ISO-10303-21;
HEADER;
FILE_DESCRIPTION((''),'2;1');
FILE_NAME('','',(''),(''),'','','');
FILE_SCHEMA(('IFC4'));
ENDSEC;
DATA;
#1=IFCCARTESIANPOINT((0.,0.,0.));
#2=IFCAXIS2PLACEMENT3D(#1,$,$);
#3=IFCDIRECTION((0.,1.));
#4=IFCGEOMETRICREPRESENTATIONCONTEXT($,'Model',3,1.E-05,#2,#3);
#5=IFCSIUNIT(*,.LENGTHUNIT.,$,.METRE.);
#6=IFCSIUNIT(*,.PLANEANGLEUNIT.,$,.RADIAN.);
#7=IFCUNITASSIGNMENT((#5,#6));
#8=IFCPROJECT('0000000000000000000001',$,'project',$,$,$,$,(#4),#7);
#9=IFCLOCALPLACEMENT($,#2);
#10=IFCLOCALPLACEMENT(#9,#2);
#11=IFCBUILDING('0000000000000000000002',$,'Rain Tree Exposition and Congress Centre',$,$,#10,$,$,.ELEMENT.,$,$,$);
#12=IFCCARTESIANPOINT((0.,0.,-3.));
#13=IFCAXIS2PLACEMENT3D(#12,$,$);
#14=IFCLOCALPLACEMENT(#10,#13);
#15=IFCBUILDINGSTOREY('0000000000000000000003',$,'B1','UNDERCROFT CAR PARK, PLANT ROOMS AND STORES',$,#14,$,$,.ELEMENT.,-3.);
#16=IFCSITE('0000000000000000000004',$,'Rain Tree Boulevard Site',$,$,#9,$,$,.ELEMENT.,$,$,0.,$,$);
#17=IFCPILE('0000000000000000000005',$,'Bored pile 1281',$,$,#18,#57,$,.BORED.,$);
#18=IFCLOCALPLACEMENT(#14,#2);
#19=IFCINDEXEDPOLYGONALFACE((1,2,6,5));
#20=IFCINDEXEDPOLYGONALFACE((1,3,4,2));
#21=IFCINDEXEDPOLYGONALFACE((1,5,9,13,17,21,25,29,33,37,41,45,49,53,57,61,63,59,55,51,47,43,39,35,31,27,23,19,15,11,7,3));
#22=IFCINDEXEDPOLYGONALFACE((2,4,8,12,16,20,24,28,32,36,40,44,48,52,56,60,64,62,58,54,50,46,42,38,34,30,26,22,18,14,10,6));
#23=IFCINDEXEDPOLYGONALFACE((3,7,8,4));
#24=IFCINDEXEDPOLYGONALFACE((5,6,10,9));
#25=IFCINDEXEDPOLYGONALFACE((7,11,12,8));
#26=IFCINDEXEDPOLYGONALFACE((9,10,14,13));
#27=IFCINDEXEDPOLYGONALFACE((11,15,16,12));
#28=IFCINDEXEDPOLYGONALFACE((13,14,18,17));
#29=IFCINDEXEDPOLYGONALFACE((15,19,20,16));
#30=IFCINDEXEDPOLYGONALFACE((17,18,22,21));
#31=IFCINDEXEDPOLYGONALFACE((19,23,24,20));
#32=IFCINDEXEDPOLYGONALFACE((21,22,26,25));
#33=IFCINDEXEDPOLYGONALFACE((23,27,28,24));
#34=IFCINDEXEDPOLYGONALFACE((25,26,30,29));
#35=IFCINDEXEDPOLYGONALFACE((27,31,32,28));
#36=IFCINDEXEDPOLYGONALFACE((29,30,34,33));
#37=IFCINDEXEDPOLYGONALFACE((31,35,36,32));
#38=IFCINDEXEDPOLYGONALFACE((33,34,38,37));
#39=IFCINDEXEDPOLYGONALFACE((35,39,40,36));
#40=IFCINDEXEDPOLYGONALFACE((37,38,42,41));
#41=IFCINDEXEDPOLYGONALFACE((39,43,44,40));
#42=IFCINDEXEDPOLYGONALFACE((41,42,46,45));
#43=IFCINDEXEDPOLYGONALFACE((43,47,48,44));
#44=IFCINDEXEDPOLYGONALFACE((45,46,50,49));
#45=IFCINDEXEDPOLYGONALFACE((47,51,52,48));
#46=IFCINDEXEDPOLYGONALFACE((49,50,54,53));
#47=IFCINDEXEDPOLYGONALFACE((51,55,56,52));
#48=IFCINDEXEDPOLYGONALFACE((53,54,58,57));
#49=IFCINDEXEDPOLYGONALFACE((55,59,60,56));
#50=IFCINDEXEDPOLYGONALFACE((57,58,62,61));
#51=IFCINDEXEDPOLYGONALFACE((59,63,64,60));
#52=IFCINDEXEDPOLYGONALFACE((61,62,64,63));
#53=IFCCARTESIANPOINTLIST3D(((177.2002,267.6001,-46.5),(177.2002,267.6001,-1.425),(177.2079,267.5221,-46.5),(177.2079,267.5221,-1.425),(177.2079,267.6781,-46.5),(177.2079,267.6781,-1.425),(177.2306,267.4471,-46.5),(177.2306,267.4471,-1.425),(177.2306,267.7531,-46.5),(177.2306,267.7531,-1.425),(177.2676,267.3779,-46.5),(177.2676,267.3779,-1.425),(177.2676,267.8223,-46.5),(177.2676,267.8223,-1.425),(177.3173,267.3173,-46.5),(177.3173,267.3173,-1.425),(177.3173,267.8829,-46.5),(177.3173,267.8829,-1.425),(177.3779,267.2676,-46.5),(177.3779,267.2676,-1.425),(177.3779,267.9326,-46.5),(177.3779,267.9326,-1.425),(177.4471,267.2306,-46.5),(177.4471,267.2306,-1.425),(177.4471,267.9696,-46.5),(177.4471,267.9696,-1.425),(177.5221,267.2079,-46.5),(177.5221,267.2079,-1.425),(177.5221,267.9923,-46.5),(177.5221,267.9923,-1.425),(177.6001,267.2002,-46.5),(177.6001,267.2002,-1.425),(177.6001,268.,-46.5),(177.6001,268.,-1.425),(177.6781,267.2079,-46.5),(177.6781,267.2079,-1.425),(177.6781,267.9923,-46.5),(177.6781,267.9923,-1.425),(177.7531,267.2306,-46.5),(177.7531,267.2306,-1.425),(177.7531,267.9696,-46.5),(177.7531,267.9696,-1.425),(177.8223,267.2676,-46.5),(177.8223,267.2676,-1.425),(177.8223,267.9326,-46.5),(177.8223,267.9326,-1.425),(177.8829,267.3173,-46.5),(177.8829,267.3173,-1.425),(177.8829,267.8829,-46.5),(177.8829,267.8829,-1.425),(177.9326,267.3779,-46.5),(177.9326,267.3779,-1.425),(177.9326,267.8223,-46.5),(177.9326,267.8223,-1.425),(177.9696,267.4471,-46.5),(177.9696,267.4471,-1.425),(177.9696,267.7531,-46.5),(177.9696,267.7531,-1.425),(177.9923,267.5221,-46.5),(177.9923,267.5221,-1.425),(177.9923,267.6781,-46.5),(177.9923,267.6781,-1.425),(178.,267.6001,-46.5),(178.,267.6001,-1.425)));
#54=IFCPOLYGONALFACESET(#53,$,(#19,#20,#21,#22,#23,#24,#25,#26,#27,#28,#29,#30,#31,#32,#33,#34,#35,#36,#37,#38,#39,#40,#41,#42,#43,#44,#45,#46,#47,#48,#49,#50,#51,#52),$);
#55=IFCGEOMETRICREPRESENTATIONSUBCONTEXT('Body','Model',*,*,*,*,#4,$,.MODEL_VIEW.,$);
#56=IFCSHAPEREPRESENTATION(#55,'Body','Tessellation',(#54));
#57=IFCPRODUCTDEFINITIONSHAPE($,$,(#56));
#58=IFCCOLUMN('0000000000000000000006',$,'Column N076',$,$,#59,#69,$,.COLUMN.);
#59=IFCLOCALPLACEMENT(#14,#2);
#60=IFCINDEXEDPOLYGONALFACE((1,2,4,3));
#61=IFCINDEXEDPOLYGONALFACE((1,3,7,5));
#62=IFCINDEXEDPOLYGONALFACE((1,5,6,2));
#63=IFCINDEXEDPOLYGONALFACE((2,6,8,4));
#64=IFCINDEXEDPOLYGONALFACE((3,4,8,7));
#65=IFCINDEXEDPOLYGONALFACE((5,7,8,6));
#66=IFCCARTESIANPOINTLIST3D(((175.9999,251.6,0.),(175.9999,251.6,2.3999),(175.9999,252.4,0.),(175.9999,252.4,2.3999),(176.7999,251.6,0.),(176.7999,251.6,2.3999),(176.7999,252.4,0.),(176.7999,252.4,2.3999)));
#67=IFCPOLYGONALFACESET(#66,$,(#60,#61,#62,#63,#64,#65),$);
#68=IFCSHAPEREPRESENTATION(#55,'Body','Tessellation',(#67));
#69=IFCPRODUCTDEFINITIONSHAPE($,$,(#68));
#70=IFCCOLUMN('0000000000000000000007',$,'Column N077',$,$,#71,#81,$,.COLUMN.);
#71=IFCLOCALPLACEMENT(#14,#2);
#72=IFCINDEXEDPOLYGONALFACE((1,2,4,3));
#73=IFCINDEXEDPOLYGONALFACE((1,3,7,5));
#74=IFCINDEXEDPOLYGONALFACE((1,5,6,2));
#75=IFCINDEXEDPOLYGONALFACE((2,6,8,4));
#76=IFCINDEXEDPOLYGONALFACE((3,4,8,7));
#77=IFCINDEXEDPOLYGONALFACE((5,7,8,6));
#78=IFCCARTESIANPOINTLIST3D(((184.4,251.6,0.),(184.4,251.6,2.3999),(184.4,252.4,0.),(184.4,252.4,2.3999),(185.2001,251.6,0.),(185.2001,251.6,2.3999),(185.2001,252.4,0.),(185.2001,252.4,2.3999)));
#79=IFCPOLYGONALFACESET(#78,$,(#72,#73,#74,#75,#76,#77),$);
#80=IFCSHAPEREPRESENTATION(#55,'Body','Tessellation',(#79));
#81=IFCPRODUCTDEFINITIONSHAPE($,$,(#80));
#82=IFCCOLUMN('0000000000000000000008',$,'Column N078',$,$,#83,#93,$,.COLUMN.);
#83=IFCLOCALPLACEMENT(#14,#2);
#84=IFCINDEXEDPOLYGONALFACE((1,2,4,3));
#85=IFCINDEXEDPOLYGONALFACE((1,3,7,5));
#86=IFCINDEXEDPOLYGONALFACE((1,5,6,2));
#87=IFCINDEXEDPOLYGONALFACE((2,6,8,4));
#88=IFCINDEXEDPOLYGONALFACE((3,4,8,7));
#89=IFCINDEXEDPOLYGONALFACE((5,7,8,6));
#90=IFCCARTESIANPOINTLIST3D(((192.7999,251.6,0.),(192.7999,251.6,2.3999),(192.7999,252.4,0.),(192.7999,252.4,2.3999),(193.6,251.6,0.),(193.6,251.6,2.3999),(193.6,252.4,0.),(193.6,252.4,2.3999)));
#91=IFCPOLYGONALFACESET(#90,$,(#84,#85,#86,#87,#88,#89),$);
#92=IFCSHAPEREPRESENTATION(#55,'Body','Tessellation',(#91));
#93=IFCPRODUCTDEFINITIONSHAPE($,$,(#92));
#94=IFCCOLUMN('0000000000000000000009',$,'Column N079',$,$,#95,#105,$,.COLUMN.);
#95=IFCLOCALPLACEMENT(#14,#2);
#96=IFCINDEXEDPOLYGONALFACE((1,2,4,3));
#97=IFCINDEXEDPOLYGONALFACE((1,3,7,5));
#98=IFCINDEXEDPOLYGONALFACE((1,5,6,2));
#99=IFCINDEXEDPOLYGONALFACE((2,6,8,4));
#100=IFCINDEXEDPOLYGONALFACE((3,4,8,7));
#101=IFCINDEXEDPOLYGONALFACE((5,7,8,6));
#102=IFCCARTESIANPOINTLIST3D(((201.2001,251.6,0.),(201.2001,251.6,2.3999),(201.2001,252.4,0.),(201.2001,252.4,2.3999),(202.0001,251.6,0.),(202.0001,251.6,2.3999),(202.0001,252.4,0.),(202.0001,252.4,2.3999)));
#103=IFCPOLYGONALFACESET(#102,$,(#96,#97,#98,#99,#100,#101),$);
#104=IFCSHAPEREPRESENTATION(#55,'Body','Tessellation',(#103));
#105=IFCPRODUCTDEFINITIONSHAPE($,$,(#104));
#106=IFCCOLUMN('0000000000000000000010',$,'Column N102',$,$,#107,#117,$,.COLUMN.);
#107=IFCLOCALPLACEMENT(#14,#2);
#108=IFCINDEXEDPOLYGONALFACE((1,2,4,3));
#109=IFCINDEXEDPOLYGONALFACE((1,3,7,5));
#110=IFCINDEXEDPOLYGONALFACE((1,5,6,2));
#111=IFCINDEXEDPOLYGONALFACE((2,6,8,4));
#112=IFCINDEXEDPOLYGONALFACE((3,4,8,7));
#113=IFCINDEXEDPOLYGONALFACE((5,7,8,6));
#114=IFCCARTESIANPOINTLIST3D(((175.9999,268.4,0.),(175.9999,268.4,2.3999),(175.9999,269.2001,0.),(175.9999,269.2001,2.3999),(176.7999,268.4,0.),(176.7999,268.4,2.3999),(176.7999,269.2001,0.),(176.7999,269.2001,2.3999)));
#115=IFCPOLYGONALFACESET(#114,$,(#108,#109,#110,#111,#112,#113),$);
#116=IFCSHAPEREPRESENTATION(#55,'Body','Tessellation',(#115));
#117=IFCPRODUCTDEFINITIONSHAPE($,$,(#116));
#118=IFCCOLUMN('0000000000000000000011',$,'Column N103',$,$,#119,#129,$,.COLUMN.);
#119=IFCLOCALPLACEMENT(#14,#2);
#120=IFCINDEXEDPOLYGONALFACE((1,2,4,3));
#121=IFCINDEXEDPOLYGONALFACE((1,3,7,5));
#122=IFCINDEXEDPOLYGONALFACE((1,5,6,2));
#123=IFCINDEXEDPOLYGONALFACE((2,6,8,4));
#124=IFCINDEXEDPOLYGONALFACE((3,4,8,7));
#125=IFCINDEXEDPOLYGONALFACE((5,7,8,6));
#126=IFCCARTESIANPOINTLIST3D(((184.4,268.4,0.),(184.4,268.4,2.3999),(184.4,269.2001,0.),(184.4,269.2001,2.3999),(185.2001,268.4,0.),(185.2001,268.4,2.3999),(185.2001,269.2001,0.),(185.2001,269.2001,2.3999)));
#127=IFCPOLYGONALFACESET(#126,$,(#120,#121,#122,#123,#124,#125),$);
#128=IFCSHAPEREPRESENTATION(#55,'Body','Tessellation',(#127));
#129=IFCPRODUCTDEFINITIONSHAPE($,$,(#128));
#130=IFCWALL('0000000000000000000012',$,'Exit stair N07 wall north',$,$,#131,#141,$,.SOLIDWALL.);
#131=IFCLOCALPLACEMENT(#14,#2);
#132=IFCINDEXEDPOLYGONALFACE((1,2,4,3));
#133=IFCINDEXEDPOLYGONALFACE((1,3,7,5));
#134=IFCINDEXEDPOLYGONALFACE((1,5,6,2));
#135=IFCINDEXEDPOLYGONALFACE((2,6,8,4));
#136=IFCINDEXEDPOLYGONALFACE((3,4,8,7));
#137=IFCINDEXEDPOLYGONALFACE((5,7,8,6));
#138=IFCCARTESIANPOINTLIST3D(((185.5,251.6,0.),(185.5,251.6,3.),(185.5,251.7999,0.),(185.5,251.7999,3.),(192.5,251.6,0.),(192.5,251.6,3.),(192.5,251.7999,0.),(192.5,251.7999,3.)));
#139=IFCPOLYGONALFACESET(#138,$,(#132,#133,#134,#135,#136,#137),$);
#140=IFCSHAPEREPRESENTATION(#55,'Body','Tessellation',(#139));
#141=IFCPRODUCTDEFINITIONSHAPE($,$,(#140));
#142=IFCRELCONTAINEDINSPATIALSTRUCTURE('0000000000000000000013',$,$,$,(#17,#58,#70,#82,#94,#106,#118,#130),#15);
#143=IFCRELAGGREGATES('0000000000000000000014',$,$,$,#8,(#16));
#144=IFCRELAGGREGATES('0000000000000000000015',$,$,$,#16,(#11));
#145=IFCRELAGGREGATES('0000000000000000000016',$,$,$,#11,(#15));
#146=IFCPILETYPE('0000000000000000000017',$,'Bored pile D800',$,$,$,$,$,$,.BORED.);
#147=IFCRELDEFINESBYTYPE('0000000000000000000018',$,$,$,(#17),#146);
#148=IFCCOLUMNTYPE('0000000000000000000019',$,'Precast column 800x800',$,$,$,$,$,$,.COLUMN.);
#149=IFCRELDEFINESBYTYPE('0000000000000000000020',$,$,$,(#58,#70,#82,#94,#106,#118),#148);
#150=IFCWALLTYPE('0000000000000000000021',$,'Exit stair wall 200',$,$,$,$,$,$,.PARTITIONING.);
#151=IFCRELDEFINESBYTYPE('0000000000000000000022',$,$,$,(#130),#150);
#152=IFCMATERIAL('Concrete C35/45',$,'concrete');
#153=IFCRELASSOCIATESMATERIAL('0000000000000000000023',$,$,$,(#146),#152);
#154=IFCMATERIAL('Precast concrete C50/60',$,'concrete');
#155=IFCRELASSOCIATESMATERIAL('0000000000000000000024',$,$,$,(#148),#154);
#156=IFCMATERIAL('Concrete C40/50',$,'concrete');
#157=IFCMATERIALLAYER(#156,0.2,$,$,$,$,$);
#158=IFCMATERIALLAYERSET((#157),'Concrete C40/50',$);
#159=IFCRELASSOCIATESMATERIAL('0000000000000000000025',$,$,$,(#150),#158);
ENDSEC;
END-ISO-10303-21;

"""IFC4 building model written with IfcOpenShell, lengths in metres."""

from ifc_helpers import new_model, si_unit, direction, frame, frame_2d, origin, origin_2d, place, context, subcontext, project, spatial, rectangle, circle, extrude, material, layer, layer_set, material_profile, profile_set, type_object, element, save


model = new_model("IFC4")

# Units and contexts
model_context = context("Model", 3, precision=1e-05, world=origin(), true_north=direction((0.0, 1.0)))
body_context = subcontext(model_context, "Body", "Model", "MODEL_VIEW")
ifc_project = project(units=[si_unit("LENGTHUNIT", "METRE"), si_unit("PLANEANGLEUNIT", "RADIAN")], contexts=[model_context])

# Site, building, storey
site_placement = place(None, origin())
site = spatial("IfcSite", under=ifc_project, at=site_placement, Name="Rain Tree Boulevard Site", CompositionType="ELEMENT", RefElevation=0.0)
building_placement = place(site_placement, origin())
building = spatial("IfcBuilding", under=site, at=building_placement, Name="Rain Tree Exposition and Congress Centre", CompositionType="ELEMENT")
storey_placement = place(building_placement, frame((0.0, 0.0, -3.0)))
storey = spatial("IfcBuildingStorey", under=building, at=storey_placement, Name="B1", Description="UNDERCROFT CAR PARK, PLANT ROOMS AND STORES", CompositionType="ELEMENT", Elevation=-3.0)

# Pile
ifc_material_1 = material(Name="Concrete C35/45", Category="concrete")
ifc_material_profile_1 = material_profile(ifc_material_1, circle(Radius=0.3999, at=origin_2d()), Name="D800")
ifc_profile_set_1 = profile_set([ifc_material_profile_1], Name="Concrete C35/45")
pile_type_1 = type_object("IfcPileType", Name="Bored pile D800", PredefinedType="BORED", material=ifc_profile_set_1)
for number, where, z_axis, x_axis, name in (
    (1, (177.6001, 267.6001, -1.425), (0.0, 0.0, -1.0), (1.0, 0.0, 0.0), "Bored pile 1281"),
):
    element("IfcPile", number, at=place(storey_placement, frame(where, z_axis=z_axis, x_axis=x_axis)), inside=storey, type_object=pile_type_1, Name=name, PredefinedType="BORED", context=body_context, shape_type="SweptSolid", body=[
        extrude(circle(Radius=0.3999, at=origin_2d()), origin(), (0.0, 0.0, 1.0), 45.075),
    ])

# Columns
ifc_material_2 = material(Name="Precast concrete C50/60", Category="concrete")
ifc_material_profile_2 = material_profile(ifc_material_2, rectangle(XDim=0.8, YDim=0.8, at=origin_2d()), Name="RC 800x800")
ifc_profile_set_2 = profile_set([ifc_material_profile_2], Name="Precast concrete C50/60")
column_type = type_object("IfcColumnType", Name="Precast column 800x800", PredefinedType="COLUMN", material=ifc_profile_set_2)
for number, where, z_axis, x_axis, name in (
    (2, (176.3999, 252.0, 0.0), (0.0, 0.0, 1.0), (1.0, 0.0, 0.0), "Column N076"),
    (3, (184.8, 252.0, 0.0), (0.0, 0.0, 1.0), (1.0, 0.0, 0.0), "Column N077"),
    (4, (193.2, 252.0, 0.0), (0.0, 0.0, 1.0), (1.0, 0.0, 0.0), "Column N078"),
    (5, (201.6001, 252.0, 0.0), (0.0, 0.0, 1.0), (1.0, 0.0, 0.0), "Column N079"),
    (6, (176.3999, 268.8, 0.0), (0.0, 0.0, 1.0), (1.0, 0.0, 0.0), "Column N102"),
    (7, (184.8, 268.8, 0.0), (0.0, 0.0, 1.0), (1.0, 0.0, 0.0), "Column N103"),
):
    element("IfcColumn", number, at=place(storey_placement, frame(where, z_axis=z_axis, x_axis=x_axis)), inside=storey, type_object=column_type, Name=name, PredefinedType="COLUMN", context=body_context, shape_type="SweptSolid", body=[
        extrude(rectangle(XDim=0.8, YDim=0.8, at=origin_2d()), origin(), (0.0, 0.0, 1.0), 2.3999),
    ])

# Wall
ifc_material_3 = material(Name="Concrete C40/50", Category="concrete")
ifc_layer = layer(ifc_material_3, 0.2)
ifc_layer_set = layer_set([ifc_layer], Name="Concrete C40/50")
wall_type = type_object("IfcWallType", Name="Exit stair wall 200", PredefinedType="PARTITIONING", material=ifc_layer_set)
wall_placement = place(storey_placement, frame((185.5, 251.7, 0.0), z_axis=(0.0, 0.0, 1.0), x_axis=(1.0, 0.0, 0.0)))
element("IfcWall", 8, at=wall_placement, inside=storey, type_object=wall_type, Name="Exit stair N07 wall north", PredefinedType="SOLIDWALL", context=body_context, shape_type="SweptSolid", body=[
    extrude(rectangle(XDim=7.0, YDim=0.2, at=frame_2d((3.5, 0.0))), origin(), (0.0, 0.0, 1.0), 3.0),
])

save(model, "model.ifc")
